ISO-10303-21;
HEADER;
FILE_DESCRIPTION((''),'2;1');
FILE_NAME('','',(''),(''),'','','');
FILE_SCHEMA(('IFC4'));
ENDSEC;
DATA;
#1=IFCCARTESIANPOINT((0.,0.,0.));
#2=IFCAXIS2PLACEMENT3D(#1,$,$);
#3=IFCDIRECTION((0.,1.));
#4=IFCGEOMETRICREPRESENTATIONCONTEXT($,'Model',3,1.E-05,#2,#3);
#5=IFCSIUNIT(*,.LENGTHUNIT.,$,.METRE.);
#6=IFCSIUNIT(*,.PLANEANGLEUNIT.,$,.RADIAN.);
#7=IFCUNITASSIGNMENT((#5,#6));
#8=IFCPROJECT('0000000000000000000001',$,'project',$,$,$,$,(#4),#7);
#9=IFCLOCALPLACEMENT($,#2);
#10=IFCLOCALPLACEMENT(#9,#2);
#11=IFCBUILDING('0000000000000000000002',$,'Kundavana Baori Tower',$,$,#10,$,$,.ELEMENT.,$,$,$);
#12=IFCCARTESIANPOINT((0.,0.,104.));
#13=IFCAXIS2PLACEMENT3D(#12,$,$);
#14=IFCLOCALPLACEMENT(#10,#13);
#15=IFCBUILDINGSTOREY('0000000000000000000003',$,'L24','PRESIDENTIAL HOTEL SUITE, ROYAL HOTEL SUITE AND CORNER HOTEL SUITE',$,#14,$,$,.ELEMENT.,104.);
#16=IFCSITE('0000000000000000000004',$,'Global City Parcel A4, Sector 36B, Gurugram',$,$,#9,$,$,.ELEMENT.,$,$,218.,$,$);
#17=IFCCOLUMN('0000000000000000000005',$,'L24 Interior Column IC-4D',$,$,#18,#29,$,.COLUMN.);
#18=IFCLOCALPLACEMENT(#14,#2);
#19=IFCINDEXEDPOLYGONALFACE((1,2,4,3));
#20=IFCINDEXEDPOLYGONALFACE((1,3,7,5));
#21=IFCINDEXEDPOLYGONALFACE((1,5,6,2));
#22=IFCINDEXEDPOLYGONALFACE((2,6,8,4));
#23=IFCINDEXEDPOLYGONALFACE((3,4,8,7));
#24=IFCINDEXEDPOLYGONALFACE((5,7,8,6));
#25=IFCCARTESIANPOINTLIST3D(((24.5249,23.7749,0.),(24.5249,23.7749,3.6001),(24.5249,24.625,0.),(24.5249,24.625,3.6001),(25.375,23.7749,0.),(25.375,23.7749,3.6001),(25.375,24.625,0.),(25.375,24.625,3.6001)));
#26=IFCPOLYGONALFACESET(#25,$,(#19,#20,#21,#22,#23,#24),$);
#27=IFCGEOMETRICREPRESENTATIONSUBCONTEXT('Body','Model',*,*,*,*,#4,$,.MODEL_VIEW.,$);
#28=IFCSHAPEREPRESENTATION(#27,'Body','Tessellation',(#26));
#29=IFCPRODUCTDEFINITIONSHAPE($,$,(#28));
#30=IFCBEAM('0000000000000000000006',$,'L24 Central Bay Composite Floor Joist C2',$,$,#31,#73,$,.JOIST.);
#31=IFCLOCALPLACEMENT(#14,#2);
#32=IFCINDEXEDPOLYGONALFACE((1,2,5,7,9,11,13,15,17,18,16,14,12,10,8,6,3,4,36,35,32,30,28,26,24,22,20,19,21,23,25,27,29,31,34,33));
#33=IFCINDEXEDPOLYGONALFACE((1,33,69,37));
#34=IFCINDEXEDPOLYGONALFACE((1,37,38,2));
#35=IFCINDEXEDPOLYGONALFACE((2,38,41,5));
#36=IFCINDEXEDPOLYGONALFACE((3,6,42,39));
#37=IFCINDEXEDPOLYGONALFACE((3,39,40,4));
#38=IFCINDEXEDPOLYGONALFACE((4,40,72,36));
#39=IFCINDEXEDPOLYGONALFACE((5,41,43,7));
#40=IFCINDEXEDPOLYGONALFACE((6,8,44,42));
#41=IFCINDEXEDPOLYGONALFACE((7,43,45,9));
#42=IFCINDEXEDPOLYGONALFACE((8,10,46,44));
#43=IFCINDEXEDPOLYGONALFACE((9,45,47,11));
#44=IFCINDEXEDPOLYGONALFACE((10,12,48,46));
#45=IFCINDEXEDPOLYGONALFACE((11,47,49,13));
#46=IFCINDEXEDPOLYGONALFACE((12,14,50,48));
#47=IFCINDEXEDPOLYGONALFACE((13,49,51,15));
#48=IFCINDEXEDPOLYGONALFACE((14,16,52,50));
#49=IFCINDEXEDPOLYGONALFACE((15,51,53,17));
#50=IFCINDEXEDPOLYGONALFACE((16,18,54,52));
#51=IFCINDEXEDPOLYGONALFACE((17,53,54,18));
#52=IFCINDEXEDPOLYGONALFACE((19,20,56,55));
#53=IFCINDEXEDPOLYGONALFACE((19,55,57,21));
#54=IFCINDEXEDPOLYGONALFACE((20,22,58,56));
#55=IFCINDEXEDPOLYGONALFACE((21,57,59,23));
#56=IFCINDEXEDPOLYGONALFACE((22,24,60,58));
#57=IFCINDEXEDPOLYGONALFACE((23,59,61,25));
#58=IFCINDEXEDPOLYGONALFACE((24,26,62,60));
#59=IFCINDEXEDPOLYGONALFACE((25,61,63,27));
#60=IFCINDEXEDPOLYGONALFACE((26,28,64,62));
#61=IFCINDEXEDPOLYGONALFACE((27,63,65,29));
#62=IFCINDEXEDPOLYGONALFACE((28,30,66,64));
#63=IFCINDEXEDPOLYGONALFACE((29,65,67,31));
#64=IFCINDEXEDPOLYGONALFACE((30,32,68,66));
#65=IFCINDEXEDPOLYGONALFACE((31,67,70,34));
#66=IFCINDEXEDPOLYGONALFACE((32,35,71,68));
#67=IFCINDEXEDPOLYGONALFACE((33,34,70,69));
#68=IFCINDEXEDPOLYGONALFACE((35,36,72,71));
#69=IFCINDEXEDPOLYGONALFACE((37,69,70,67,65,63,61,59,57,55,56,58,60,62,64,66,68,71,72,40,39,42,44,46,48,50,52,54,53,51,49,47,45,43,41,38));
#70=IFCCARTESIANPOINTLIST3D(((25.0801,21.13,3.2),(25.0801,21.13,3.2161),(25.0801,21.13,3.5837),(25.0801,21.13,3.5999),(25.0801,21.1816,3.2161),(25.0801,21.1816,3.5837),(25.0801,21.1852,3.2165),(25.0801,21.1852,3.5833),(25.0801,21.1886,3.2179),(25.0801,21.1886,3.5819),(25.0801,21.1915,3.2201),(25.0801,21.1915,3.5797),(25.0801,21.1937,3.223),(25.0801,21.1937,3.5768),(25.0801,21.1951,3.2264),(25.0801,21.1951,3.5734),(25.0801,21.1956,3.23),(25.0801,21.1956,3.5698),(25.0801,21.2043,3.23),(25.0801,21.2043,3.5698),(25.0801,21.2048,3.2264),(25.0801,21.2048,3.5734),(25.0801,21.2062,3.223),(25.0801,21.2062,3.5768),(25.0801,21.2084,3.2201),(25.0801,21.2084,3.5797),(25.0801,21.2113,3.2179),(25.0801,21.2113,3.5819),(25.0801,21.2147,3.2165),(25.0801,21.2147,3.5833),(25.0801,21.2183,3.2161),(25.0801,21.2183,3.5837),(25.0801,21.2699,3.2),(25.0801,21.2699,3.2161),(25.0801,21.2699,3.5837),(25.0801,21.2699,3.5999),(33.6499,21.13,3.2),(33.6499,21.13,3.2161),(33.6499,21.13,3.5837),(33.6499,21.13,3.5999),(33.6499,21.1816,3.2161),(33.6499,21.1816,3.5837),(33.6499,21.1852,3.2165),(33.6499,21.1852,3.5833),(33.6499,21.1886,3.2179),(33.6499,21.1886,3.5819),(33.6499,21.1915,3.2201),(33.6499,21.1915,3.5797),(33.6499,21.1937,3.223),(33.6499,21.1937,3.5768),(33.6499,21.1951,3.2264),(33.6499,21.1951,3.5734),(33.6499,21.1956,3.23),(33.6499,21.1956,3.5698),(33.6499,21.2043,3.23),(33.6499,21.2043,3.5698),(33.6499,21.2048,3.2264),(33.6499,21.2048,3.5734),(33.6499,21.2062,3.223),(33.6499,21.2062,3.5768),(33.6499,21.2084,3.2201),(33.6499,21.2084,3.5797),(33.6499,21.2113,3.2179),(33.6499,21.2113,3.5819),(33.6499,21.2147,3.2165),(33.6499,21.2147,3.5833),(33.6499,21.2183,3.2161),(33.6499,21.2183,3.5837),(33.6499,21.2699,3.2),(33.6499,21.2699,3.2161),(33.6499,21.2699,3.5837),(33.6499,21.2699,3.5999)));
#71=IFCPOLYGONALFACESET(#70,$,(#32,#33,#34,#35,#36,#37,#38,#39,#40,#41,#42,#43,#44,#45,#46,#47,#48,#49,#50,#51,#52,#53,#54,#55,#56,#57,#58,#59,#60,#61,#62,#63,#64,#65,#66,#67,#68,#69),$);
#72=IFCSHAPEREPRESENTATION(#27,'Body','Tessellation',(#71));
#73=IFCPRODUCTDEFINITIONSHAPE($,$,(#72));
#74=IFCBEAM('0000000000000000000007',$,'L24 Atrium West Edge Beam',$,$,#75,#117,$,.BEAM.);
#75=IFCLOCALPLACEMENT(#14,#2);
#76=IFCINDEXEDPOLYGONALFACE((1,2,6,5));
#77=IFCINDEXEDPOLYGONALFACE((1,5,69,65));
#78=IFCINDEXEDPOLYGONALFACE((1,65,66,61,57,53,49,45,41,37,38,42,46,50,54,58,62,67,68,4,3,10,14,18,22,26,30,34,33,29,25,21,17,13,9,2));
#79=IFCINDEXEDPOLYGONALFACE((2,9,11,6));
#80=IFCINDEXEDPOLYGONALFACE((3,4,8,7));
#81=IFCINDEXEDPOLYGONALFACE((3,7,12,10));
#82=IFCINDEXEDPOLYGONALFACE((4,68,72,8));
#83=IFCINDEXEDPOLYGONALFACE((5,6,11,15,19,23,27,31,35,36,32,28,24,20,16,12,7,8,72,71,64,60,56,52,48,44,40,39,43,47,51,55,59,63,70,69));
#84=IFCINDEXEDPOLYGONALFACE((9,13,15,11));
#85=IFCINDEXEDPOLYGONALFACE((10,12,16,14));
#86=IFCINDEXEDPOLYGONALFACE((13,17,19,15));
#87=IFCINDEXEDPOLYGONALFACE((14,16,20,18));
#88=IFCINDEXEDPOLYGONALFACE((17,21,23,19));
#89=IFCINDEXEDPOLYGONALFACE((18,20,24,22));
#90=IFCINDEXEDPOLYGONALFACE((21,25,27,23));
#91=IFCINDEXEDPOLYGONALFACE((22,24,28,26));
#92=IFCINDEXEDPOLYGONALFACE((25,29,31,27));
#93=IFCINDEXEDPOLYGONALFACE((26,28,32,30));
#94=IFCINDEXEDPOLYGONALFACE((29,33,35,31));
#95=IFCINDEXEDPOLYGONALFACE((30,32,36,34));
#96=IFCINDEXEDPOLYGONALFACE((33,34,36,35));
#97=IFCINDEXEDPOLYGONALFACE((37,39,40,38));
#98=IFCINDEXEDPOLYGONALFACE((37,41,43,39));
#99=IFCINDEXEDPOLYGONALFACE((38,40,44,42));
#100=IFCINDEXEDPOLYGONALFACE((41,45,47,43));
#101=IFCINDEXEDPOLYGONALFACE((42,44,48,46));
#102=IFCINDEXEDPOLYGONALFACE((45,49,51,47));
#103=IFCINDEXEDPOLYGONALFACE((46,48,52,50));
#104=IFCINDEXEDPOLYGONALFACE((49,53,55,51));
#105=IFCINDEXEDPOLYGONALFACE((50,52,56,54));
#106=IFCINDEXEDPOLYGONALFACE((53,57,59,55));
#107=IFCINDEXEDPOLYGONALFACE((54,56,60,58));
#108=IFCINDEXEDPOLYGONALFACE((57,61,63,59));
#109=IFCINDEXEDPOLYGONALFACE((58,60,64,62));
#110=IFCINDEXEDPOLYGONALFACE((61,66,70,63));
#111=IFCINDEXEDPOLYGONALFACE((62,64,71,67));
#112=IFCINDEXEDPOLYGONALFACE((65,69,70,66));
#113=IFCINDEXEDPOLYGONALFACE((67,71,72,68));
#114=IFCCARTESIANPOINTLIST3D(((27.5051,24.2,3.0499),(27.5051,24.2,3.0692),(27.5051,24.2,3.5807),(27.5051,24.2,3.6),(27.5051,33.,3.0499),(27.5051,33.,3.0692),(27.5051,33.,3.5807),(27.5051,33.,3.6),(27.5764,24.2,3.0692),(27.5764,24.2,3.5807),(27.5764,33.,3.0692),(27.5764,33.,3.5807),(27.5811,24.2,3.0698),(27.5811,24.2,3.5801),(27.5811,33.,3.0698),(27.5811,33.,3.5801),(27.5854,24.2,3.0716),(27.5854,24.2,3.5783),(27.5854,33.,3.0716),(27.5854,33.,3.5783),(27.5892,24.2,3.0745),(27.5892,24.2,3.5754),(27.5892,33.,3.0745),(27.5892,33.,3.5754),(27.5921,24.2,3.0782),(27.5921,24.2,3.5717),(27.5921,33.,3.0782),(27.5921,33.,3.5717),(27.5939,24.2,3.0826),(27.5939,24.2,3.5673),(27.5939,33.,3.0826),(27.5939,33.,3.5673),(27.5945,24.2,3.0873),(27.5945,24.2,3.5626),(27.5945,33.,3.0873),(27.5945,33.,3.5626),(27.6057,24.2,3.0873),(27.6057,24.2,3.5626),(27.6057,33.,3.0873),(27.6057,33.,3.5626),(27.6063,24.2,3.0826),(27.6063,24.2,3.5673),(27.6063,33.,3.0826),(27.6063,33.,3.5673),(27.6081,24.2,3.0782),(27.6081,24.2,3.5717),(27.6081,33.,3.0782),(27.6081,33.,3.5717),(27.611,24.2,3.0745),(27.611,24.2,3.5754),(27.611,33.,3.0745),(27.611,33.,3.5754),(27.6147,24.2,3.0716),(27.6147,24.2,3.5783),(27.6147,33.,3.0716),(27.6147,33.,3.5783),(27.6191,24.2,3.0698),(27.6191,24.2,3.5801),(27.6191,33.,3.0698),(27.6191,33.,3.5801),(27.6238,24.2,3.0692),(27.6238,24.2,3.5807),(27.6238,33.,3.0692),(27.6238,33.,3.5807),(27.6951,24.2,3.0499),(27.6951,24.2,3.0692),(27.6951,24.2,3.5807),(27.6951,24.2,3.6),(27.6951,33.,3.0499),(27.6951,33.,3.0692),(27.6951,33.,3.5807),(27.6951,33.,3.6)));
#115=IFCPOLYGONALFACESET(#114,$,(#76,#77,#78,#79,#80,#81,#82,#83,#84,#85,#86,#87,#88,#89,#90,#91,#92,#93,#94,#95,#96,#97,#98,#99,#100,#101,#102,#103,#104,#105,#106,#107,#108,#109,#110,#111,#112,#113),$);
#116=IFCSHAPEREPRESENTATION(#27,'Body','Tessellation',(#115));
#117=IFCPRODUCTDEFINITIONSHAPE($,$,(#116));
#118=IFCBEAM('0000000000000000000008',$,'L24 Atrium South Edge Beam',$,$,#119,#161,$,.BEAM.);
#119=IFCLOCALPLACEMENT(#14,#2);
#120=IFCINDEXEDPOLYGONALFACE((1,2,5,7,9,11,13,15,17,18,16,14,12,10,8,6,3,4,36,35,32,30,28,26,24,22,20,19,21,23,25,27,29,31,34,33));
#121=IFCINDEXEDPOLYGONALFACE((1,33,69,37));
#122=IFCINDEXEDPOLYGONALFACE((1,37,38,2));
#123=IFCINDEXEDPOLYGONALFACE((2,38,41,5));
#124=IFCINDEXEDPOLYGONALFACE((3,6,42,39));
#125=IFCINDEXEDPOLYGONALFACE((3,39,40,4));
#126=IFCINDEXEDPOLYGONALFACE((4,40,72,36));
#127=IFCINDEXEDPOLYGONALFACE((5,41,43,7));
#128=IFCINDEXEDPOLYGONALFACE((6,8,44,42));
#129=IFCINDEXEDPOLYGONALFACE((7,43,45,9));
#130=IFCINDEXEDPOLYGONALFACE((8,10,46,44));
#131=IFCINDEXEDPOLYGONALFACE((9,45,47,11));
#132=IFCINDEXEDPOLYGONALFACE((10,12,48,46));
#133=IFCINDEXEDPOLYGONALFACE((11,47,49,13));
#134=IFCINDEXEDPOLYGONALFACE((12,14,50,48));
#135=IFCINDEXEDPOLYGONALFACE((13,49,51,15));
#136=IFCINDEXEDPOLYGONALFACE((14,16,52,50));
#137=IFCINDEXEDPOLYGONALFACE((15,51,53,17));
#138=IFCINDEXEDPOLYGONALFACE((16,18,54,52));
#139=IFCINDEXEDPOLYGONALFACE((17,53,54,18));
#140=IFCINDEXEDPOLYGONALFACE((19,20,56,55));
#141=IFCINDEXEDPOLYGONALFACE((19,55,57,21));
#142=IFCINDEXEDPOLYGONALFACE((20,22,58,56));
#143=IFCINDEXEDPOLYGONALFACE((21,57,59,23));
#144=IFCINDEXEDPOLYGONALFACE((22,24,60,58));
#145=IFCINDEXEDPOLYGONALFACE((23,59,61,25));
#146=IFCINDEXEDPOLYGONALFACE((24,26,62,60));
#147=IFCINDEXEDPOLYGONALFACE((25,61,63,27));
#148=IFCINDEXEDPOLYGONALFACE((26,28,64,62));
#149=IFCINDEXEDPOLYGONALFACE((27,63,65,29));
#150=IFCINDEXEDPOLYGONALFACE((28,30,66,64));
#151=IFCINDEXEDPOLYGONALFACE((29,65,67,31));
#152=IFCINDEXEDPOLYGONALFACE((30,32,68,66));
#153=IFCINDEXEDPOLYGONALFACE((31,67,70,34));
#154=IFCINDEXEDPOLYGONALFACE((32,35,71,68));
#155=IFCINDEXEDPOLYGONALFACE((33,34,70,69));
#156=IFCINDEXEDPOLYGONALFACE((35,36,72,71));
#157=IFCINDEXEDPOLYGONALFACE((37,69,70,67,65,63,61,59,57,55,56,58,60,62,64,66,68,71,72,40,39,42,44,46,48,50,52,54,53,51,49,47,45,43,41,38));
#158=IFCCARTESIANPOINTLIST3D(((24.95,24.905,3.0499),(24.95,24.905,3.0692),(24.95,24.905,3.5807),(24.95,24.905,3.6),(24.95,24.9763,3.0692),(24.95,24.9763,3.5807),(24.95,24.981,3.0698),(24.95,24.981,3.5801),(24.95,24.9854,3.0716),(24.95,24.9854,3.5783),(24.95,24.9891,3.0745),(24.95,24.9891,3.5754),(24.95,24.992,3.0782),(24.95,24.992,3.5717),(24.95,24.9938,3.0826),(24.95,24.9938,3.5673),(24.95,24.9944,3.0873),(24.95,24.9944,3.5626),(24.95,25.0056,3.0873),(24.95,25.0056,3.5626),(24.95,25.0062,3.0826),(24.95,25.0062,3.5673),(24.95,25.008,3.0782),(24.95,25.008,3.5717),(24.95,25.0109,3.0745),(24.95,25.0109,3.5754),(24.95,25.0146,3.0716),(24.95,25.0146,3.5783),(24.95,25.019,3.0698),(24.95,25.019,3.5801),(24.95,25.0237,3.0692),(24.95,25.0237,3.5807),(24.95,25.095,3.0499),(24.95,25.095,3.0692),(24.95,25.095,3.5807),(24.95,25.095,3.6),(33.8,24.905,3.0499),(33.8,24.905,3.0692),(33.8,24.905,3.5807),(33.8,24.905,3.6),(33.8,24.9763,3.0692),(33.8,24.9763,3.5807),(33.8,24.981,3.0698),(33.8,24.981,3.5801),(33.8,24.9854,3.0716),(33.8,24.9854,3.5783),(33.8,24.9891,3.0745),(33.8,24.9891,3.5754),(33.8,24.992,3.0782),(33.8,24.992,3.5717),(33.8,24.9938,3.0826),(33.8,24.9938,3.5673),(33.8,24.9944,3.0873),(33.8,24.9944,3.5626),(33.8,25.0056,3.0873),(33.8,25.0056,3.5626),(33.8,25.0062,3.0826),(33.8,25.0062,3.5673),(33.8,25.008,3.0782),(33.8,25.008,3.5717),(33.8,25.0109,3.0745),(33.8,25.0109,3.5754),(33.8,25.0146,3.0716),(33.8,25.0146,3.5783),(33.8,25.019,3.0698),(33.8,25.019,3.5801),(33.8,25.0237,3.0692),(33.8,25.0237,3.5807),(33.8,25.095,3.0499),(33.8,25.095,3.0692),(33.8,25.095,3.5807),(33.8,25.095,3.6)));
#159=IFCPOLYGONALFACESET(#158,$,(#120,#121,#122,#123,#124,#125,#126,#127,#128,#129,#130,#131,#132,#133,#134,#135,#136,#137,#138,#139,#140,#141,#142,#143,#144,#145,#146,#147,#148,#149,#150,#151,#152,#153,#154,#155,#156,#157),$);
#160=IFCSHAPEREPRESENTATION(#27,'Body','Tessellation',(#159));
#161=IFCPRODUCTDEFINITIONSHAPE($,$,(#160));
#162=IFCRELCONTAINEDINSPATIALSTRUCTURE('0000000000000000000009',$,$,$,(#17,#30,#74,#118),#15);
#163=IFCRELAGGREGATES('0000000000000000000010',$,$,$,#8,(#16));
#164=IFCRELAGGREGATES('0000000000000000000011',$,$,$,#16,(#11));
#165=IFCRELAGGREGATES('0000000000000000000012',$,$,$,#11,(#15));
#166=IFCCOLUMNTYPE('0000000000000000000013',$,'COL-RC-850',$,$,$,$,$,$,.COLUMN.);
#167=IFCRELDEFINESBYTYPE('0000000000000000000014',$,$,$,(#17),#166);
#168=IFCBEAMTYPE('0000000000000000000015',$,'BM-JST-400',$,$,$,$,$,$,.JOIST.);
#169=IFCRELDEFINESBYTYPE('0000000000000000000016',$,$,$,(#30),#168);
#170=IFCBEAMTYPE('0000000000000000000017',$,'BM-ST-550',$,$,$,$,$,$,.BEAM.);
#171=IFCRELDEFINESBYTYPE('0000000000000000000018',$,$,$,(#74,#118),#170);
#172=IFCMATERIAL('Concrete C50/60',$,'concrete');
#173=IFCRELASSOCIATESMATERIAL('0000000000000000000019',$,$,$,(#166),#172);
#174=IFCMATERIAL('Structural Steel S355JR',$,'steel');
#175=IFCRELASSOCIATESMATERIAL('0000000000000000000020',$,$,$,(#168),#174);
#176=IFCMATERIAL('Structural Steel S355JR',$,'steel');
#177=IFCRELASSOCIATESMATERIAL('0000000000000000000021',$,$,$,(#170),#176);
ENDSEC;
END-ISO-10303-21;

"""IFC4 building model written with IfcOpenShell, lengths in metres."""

from ifc_helpers import new_model, si_unit, direction, frame, origin, origin_2d, place, context, subcontext, project, spatial, rectangle, i_section, extrude, material, material_profile, profile_set, type_object, element, save


model = new_model("IFC4")

# Units and contexts
model_context = context("Model", 3, precision=1e-05, world=origin(), true_north=direction((0.0, 1.0)))
body_context = subcontext(model_context, "Body", "Model", "MODEL_VIEW")
ifc_project = project(units=[si_unit("LENGTHUNIT", "METRE"), si_unit("PLANEANGLEUNIT", "RADIAN")], contexts=[model_context])

# Site, building, storey
site_placement = place(None, origin())
site = spatial("IfcSite", under=ifc_project, at=site_placement, Name="Global City Parcel A4, Sector 36B, Gurugram", CompositionType="ELEMENT", RefElevation=218.0)
building_placement = place(site_placement, origin())
building = spatial("IfcBuilding", under=site, at=building_placement, Name="Kundavana Baori Tower", CompositionType="ELEMENT")
storey_placement = place(building_placement, frame((0.0, 0.0, 104.0)))
storey = spatial("IfcBuildingStorey", under=building, at=storey_placement, Name="L24", Description="PRESIDENTIAL HOTEL SUITE, ROYAL HOTEL SUITE AND CORNER HOTEL SUITE", CompositionType="ELEMENT", Elevation=104.0)

# Column
ifc_material_1 = material(Name="Concrete C50/60", Category="concrete")
ifc_material_profile_1 = material_profile(ifc_material_1, rectangle(XDim=0.8501, YDim=0.8501, at=origin_2d()), Name="RC 850x850")
ifc_profile_set_1 = profile_set([ifc_material_profile_1], Name="Concrete C50/60")
column_type = type_object("IfcColumnType", Name="COL-RC-850", PredefinedType="COLUMN", material=ifc_profile_set_1)
column_placement = place(storey_placement, frame((24.95, 24.2, 0.0), z_axis=(0.0, 0.0, 1.0), x_axis=(1.0, 0.0, 0.0)))
element("IfcColumn", 1, at=column_placement, inside=storey, type_object=column_type, Name="L24 Interior Column IC-4D", PredefinedType="COLUMN", context=body_context, shape_type="SweptSolid", body=[
    extrude(rectangle(XDim=0.8501, YDim=0.8501, at=origin_2d()), origin(), (0.0, 0.0, 1.0), 3.6001),
])

# Beams
ifc_material_2 = material(Name="Structural Steel S355JR", Category="steel")
ifc_material_profile_2 = material_profile(ifc_material_2, i_section(OverallWidth=0.1399, OverallDepth=0.3999, WebThickness=0.0088, FlangeThickness=0.0161, FilletRadius=0.0139, at=origin_2d()), Name="ISMB 400")
ifc_profile_set_2 = profile_set([ifc_material_profile_2], Name="Structural Steel S355JR")
beam_type_1 = type_object("IfcBeamType", Name="BM-JST-400", PredefinedType="JOIST", material=ifc_profile_set_2)
beam_1_placement = place(storey_placement, frame((25.0801, 21.2, 3.3999), z_axis=(1.0, 0.0, 0.0), x_axis=(0.0, 1.0, 0.0)))
element("IfcBeam", 2, at=beam_1_placement, inside=storey, type_object=beam_type_1, Name="L24 Central Bay Composite Floor Joist C2", PredefinedType="JOIST", context=body_context, shape_type="SweptSolid", body=[
    extrude(i_section(OverallWidth=0.1399, OverallDepth=0.3999, WebThickness=0.0088, FlangeThickness=0.0161, FilletRadius=0.0139, at=origin_2d()), origin(), (0.0, 0.0, 1.0), 8.5698),
])
ifc_material_3 = material(Name="Structural Steel S355JR", Category="steel")
ifc_material_profile_3 = material_profile(ifc_material_3, i_section(OverallWidth=0.1899, OverallDepth=0.55, WebThickness=0.0112, FlangeThickness=0.0193, FilletRadius=0.0181, at=origin_2d()), Name="ISMB 550")
ifc_profile_set_3 = profile_set([ifc_material_profile_3], Name="Structural Steel S355JR")
beam_type_2 = type_object("IfcBeamType", Name="BM-ST-550", PredefinedType="BEAM", material=ifc_profile_set_3)
beam_2_placement = place(storey_placement, frame((27.6001, 24.2, 3.325), z_axis=(0.0, 1.0, 0.0), x_axis=(-1.0, 0.0, 0.0)))
element("IfcBeam", 3, at=beam_2_placement, inside=storey, type_object=beam_type_2, Name="L24 Atrium West Edge Beam", PredefinedType="BEAM", context=body_context, shape_type="SweptSolid", body=[
    extrude(i_section(OverallWidth=0.1899, OverallDepth=0.55, WebThickness=0.0112, FlangeThickness=0.0193, FilletRadius=0.0181, at=origin_2d()), origin(), (0.0, 0.0, 1.0), 8.8),
])
beam_3_placement = place(storey_placement, frame((24.95, 25.0, 3.325), z_axis=(1.0, 0.0, 0.0), x_axis=(0.0, 1.0, 0.0)))
element("IfcBeam", 4, at=beam_3_placement, inside=storey, type_object=beam_type_2, Name="L24 Atrium South Edge Beam", PredefinedType="BEAM", context=body_context, shape_type="SweptSolid", body=[
    extrude(i_section(OverallWidth=0.1899, OverallDepth=0.55, WebThickness=0.0112, FlangeThickness=0.0193, FilletRadius=0.0181, at=origin_2d()), origin(), (0.0, 0.0, 1.0), 8.8501),
])

save(model, "model.ifc")
